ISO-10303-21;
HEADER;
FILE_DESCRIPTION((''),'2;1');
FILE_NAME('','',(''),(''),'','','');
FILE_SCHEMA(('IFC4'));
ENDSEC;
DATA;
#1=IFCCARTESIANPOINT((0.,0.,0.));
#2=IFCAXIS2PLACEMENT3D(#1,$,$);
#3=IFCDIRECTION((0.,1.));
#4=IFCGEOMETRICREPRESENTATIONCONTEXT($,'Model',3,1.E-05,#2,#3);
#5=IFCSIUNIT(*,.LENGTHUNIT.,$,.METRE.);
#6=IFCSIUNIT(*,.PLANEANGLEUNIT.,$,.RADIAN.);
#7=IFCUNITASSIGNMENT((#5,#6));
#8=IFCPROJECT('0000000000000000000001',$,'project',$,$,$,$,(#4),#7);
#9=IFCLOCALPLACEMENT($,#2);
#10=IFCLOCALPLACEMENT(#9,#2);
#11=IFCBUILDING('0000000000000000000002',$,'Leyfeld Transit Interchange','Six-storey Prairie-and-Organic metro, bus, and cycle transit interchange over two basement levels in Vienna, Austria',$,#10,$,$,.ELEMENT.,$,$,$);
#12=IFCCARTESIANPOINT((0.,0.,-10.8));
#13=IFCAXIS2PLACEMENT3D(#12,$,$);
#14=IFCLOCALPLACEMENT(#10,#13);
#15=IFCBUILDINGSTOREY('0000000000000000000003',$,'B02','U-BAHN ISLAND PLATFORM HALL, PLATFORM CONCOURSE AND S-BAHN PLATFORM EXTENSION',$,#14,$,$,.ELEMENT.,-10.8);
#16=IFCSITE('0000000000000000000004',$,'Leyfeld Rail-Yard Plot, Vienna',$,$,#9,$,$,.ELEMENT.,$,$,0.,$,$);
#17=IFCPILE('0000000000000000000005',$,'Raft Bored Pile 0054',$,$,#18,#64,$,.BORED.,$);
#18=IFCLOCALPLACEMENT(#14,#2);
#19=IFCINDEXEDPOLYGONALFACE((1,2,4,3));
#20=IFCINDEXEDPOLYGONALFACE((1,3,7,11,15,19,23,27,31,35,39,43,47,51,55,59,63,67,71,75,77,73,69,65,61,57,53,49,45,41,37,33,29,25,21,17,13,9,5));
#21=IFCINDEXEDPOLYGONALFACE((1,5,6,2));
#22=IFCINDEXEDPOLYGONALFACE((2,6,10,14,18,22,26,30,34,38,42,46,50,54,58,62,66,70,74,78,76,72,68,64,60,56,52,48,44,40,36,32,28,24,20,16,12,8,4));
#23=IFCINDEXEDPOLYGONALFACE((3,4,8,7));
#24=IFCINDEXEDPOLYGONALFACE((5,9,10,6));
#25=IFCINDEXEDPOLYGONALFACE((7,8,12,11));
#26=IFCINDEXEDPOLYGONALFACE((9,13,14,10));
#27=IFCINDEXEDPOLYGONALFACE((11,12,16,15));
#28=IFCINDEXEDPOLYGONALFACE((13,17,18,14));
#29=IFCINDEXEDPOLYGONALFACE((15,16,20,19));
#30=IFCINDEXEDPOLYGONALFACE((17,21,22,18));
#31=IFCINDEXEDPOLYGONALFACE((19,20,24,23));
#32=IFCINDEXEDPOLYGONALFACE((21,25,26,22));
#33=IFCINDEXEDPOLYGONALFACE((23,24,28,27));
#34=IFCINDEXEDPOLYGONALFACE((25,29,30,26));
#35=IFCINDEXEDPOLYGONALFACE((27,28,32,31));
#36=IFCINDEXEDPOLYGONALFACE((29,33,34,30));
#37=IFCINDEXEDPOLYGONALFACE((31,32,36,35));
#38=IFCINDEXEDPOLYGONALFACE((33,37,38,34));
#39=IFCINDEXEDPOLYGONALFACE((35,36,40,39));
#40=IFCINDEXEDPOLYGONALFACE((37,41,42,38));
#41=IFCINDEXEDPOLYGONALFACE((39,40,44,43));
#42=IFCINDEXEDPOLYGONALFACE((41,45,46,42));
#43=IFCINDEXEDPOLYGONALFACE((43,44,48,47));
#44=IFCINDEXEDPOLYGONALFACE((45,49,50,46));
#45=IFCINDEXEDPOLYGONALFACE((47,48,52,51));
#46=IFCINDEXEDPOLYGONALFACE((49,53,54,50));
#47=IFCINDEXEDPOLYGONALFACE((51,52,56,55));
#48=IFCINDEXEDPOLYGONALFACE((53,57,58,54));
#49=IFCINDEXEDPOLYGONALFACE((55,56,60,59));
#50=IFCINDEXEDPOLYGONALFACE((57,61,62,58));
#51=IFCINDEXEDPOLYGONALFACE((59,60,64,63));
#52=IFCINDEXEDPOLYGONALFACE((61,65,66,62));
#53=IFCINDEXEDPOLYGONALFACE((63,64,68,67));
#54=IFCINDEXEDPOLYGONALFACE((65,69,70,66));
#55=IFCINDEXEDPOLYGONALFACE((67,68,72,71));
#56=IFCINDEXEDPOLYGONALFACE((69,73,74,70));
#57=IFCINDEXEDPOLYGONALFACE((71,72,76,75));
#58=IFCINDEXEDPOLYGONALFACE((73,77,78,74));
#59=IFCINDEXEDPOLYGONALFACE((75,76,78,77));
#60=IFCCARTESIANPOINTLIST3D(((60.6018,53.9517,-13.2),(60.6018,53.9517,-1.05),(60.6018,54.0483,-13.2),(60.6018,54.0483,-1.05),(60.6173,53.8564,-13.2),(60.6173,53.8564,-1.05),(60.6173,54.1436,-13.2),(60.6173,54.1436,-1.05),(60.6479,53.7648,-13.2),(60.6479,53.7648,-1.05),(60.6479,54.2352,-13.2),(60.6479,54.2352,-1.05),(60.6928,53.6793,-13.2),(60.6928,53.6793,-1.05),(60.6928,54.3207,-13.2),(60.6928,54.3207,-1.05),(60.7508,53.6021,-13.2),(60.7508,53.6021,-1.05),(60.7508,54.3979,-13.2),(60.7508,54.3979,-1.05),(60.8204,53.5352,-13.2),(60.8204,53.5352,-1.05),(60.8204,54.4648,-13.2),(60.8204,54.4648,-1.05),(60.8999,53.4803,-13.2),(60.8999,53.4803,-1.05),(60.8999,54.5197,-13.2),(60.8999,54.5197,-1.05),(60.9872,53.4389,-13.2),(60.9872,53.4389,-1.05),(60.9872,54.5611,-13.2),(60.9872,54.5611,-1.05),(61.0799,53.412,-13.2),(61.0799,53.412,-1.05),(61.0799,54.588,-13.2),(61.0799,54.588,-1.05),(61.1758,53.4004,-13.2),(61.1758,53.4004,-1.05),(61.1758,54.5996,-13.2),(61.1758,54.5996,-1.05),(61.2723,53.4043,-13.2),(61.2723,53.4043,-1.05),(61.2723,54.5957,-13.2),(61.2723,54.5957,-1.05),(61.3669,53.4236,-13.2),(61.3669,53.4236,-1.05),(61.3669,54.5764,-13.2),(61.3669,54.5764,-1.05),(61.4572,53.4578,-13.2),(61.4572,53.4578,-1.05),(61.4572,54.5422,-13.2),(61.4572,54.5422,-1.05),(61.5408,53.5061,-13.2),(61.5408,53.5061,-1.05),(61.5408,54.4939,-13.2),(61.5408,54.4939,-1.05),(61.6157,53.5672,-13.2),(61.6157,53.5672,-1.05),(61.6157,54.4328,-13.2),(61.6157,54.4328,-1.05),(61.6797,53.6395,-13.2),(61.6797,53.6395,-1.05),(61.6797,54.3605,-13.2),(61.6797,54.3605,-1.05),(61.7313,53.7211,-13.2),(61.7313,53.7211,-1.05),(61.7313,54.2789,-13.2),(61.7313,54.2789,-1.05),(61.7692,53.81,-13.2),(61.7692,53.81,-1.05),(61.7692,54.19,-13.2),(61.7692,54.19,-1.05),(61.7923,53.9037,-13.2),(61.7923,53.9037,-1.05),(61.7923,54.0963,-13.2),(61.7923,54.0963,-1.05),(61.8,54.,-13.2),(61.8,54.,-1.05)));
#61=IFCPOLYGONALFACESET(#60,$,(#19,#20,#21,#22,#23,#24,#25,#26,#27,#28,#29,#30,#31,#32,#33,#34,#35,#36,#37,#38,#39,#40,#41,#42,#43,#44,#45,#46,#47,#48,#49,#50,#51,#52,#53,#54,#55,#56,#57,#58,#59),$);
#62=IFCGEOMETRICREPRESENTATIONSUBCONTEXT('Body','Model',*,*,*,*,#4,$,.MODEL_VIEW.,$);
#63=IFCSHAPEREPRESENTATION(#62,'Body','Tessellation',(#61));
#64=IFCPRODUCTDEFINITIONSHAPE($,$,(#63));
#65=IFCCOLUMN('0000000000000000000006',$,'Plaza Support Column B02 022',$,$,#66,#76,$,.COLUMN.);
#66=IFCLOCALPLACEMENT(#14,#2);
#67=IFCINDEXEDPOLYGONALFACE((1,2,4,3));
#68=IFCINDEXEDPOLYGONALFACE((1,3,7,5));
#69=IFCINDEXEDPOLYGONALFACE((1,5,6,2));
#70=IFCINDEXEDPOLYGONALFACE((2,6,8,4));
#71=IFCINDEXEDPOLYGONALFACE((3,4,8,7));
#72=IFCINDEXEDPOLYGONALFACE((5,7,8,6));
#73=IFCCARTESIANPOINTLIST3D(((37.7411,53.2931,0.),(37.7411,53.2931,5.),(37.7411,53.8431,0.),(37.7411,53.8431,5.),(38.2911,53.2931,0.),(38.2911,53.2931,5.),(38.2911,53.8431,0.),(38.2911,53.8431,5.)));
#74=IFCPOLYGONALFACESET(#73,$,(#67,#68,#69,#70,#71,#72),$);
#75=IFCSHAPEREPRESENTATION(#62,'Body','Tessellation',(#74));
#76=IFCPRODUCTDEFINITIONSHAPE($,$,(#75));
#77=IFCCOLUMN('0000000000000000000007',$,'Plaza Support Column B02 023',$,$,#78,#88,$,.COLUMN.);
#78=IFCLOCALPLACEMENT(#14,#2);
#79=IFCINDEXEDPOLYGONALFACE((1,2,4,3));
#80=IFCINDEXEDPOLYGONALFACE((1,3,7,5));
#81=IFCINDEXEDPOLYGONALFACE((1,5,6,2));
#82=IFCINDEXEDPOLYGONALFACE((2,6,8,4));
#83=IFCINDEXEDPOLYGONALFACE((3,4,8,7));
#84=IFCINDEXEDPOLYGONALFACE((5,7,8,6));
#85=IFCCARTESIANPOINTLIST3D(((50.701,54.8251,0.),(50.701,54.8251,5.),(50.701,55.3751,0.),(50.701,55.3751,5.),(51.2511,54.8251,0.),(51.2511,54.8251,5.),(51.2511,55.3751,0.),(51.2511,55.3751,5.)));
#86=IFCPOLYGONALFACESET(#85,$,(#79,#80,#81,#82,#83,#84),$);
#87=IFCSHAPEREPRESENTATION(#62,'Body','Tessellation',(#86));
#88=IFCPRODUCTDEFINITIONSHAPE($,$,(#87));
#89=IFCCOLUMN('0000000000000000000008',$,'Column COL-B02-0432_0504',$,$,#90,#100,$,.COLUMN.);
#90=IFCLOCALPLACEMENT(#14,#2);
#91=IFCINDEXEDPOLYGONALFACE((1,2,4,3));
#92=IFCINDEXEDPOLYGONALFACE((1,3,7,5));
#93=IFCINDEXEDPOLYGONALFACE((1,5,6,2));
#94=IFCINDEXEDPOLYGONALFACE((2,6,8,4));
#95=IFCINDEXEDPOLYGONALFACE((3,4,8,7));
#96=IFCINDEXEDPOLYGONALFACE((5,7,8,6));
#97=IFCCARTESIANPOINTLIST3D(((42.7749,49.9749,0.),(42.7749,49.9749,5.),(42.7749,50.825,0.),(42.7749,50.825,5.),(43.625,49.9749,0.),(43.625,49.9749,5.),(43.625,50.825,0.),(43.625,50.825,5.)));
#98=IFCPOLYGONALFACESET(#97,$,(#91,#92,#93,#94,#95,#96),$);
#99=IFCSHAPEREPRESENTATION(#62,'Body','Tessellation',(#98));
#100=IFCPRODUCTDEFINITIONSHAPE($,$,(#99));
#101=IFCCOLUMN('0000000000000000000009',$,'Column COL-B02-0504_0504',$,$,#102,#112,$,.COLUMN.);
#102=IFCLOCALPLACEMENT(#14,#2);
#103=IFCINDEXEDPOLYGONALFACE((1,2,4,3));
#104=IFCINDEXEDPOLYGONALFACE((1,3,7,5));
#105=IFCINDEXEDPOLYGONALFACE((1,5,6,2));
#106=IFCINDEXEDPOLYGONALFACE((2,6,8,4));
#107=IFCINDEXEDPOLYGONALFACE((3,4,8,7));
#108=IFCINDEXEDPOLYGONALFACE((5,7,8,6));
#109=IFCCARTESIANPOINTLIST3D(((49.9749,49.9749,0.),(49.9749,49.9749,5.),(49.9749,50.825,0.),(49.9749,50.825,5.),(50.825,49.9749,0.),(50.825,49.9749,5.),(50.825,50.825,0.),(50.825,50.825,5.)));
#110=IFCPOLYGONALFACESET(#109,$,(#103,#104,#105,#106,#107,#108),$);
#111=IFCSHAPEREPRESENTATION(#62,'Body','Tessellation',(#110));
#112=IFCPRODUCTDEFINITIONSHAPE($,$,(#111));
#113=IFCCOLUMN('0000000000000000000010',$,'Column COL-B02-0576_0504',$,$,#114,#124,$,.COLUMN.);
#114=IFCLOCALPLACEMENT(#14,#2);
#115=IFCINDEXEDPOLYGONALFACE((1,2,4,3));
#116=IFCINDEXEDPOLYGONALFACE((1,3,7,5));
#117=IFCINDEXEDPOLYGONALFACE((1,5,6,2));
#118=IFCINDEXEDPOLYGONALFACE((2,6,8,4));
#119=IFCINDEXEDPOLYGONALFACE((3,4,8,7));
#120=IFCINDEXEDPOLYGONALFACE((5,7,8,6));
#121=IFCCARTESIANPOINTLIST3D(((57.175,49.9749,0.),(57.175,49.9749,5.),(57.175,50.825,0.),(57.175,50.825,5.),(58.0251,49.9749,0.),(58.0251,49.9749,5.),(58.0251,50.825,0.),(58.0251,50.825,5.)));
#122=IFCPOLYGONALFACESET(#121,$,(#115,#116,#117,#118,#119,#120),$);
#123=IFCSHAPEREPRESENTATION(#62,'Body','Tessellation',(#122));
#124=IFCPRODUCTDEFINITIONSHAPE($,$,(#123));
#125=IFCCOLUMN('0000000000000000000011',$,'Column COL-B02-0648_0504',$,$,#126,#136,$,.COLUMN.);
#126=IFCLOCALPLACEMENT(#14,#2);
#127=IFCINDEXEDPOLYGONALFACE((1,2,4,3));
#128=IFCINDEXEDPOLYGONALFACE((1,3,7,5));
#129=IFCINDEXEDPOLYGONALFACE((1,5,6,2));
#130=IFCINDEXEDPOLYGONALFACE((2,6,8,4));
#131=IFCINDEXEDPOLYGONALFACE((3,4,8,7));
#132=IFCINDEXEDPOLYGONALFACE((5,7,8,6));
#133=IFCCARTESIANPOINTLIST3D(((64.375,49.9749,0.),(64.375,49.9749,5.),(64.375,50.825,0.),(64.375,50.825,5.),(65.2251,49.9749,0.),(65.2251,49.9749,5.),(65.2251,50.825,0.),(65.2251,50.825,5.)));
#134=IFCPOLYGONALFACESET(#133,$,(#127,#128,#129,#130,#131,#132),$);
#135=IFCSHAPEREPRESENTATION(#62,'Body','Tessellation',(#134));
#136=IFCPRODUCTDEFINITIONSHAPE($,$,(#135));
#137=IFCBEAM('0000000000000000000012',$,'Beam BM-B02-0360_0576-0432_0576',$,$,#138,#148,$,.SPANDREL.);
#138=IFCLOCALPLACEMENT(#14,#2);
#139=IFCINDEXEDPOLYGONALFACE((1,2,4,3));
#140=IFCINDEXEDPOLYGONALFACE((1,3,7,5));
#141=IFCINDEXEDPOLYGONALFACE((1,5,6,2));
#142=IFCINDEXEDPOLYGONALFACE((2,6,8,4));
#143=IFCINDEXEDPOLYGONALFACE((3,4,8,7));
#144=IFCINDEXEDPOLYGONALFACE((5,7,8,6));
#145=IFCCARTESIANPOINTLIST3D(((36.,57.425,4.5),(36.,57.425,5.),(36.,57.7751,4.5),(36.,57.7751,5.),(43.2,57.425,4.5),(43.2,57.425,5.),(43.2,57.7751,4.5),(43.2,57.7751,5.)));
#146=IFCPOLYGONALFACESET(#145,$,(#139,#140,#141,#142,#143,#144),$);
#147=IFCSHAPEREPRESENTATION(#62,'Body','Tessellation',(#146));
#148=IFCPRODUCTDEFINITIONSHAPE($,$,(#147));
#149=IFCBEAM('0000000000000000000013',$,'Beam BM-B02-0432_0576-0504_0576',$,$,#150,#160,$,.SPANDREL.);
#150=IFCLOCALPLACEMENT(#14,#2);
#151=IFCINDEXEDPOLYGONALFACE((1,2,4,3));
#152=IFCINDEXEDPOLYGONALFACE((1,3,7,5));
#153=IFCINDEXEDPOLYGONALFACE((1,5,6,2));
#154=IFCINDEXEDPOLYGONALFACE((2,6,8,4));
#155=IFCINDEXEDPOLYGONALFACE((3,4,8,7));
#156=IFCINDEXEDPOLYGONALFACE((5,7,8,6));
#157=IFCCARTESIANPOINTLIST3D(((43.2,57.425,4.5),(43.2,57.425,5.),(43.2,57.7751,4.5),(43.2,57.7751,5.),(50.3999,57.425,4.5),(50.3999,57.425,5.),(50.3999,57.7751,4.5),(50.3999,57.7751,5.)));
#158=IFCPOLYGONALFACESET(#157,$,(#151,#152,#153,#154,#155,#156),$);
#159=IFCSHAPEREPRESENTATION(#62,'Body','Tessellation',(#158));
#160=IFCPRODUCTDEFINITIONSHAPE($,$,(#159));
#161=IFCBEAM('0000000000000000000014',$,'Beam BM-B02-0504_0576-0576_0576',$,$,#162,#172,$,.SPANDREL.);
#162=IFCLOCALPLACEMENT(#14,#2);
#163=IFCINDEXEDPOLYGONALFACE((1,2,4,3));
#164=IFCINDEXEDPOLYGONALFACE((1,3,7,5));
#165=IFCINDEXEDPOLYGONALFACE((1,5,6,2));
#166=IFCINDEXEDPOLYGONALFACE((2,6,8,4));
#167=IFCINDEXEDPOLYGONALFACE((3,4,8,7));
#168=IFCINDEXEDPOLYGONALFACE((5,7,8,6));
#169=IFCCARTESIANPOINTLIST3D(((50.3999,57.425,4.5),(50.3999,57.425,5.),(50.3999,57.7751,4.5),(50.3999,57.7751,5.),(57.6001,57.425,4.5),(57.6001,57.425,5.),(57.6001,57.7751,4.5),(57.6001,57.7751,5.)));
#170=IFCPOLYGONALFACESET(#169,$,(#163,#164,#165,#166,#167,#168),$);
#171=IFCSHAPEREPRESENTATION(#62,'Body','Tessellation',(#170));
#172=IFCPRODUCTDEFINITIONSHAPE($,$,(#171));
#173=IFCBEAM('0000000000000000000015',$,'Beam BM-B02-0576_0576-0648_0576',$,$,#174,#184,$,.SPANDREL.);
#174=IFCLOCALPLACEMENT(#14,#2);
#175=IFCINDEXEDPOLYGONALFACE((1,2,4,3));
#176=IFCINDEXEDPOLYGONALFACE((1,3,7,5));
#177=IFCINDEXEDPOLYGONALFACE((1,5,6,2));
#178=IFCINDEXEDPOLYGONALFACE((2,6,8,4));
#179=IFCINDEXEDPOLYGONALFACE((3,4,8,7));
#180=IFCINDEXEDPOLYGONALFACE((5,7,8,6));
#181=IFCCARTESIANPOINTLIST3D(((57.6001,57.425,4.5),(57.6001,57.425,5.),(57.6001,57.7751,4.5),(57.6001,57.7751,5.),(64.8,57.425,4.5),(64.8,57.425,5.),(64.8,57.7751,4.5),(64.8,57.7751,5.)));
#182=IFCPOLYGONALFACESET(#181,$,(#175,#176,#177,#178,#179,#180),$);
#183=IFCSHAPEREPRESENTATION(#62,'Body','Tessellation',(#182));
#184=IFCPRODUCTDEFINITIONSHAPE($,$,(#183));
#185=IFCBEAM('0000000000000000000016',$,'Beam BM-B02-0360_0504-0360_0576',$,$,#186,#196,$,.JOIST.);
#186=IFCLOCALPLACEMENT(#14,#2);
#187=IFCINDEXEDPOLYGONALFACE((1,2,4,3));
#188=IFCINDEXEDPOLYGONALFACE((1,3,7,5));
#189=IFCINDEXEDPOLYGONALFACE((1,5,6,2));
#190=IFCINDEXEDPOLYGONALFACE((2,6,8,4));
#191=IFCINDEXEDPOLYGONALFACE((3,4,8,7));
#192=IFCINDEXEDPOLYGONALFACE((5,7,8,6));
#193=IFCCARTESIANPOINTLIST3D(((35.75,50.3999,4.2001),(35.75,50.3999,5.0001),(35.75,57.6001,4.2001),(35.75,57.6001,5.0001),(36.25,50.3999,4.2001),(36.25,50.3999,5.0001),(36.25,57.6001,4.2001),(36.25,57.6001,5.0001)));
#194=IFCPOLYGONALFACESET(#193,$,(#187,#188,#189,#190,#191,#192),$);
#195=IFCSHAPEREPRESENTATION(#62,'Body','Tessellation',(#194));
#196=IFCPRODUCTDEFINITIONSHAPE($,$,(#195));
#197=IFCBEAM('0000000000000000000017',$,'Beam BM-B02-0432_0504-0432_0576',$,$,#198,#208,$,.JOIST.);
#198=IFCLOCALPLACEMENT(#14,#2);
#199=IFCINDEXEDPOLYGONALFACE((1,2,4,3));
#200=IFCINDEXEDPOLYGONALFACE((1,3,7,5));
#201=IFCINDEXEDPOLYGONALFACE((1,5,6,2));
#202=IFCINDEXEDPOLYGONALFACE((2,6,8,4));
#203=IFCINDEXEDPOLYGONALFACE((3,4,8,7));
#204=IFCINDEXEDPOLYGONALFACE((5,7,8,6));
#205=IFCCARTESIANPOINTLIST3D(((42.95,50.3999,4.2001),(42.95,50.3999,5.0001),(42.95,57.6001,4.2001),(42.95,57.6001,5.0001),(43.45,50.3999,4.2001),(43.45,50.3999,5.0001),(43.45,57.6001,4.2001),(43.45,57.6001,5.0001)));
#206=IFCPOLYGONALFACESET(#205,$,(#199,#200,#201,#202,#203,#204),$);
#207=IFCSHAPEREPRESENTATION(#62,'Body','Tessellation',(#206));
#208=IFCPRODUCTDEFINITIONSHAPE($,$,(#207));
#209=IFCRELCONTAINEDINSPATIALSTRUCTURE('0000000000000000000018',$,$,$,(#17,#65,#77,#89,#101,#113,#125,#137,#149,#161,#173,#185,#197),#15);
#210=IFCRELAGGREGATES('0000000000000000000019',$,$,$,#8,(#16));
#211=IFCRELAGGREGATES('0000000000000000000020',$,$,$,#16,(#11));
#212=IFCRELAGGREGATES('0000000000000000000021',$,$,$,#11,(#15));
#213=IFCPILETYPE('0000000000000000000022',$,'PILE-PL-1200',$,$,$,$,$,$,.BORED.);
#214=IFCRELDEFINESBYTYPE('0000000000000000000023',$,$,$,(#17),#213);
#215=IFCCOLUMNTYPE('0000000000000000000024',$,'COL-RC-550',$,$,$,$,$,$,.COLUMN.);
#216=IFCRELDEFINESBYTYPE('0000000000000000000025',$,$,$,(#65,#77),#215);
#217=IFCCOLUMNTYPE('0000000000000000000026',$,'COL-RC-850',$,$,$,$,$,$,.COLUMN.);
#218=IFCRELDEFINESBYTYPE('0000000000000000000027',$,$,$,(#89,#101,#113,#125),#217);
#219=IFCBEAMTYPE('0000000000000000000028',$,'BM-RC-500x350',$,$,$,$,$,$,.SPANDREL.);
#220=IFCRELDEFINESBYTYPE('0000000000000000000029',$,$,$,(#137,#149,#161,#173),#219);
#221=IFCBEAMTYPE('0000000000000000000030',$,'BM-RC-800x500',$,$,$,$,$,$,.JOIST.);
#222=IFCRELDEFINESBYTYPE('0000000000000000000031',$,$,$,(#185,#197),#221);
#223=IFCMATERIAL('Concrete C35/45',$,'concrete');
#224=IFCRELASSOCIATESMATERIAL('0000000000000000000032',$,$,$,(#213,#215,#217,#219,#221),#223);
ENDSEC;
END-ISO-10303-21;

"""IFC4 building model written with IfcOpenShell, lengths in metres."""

from ifc_helpers import new_model, si_unit, direction, frame, origin, origin_2d, place, context, subcontext, project, spatial, rectangle, circle, extrude, material, material_profile, profile_set, type_object, element, save


model = new_model("IFC4")

# Units and contexts
model_context = context("Model", 3, precision=1e-05, world=origin(), true_north=direction((0.0, 1.0)))
body_context = subcontext(model_context, "Body", "Model", "MODEL_VIEW")
ifc_project = project(units=[si_unit("LENGTHUNIT", "METRE"), si_unit("PLANEANGLEUNIT", "RADIAN")], contexts=[model_context])

# Site, building, storey
site_placement = place(None, origin())
site = spatial("IfcSite", under=ifc_project, at=site_placement, Name="Leyfeld Rail-Yard Plot, Vienna", CompositionType="ELEMENT", RefElevation=0.0)
building_placement = place(site_placement, origin())
building = spatial("IfcBuilding", under=site, at=building_placement, Name="Leyfeld Transit Interchange", Description="Six-storey Prairie-and-Organic metro, bus, and cycle transit interchange over two basement levels in Vienna, Austria", CompositionType="ELEMENT")
storey_placement = place(building_placement, frame((0.0, 0.0, -10.8)))
storey = spatial("IfcBuildingStorey", under=building, at=storey_placement, Name="B02", Description="U-BAHN ISLAND PLATFORM HALL, PLATFORM CONCOURSE AND S-BAHN PLATFORM EXTENSION", CompositionType="ELEMENT", Elevation=-10.8)

# Pile
ifc_material_1 = material(Name="Concrete C35/45", Category="concrete")
ifc_material_profile_1 = material_profile(ifc_material_1, circle(Radius=0.6001, at=origin_2d()), Name="PILE D1200")
ifc_profile_set_1 = profile_set([ifc_material_profile_1], Name="Concrete C35/45")
pile_type = type_object("IfcPileType", Name="PILE-PL-1200", PredefinedType="BORED", material=ifc_profile_set_1)
for number, where, z_axis, x_axis, name in (
    (1, (61.2, 54.0, -1.05), (0.0, 0.0, -1.0), (1.0, 0.0, 0.0), "Raft Bored Pile 0054"),
):
    element("IfcPile", number, at=place(storey_placement, frame(where, z_axis=z_axis, x_axis=x_axis)), inside=storey, type_object=pile_type, Name=name, PredefinedType="BORED", context=body_context, shape_type="SweptSolid", body=[
        extrude(circle(Radius=0.6001, at=origin_2d()), origin(), (0.0, 0.0, 1.0), 12.1499),
    ])

# Columns
ifc_material_profile_2 = material_profile(ifc_material_1, rectangle(XDim=0.55, YDim=0.55, at=origin_2d()), Name="RC 550x550")
ifc_profile_set_2 = profile_set([ifc_material_profile_2], Name="Concrete C35/45")
column_type_1 = type_object("IfcColumnType", Name="COL-RC-550", PredefinedType="COLUMN", material=ifc_profile_set_2)
for number, where, z_axis, x_axis, name in (
    (2, (38.0161, 53.5681, 0.0), (0.0, 0.0, 1.0), (1.0, 0.0, 0.0), "Plaza Support Column B02 022"),
    (3, (50.9761, 55.1001, 0.0), (0.0, 0.0, 1.0), (1.0, 0.0, 0.0), "Plaza Support Column B02 023"),
):
    element("IfcColumn", number, at=place(storey_placement, frame(where, z_axis=z_axis, x_axis=x_axis)), inside=storey, type_object=column_type_1, Name=name, PredefinedType="COLUMN", context=body_context, shape_type="SweptSolid", body=[
        extrude(rectangle(XDim=0.55, YDim=0.55, at=origin_2d()), origin(), (0.0, 0.0, 1.0), 5.0),
    ])
ifc_material_profile_3 = material_profile(ifc_material_1, rectangle(XDim=0.8501, YDim=0.8501, at=origin_2d()), Name="RC 850x850")
ifc_profile_set_3 = profile_set([ifc_material_profile_3], Name="Concrete C35/45")
column_type_2 = type_object("IfcColumnType", Name="COL-RC-850", PredefinedType="COLUMN", material=ifc_profile_set_3)
for number, where, z_axis, x_axis, name in (
    (4, (43.2, 50.3999, 0.0), (0.0, 0.0, 1.0), (1.0, 0.0, 0.0), "Column COL-B02-0432_0504"),
    (5, (50.3999, 50.3999, 0.0), (0.0, 0.0, 1.0), (1.0, 0.0, 0.0), "Column COL-B02-0504_0504"),
    (6, (57.6001, 50.3999, 0.0), (0.0, 0.0, 1.0), (1.0, 0.0, 0.0), "Column COL-B02-0576_0504"),
    (7, (64.8, 50.3999, 0.0), (0.0, 0.0, 1.0), (1.0, 0.0, 0.0), "Column COL-B02-0648_0504"),
):
    element("IfcColumn", number, at=place(storey_placement, frame(where, z_axis=z_axis, x_axis=x_axis)), inside=storey, type_object=column_type_2, Name=name, PredefinedType="COLUMN", context=body_context, shape_type="SweptSolid", body=[
        extrude(rectangle(XDim=0.8501, YDim=0.8501, at=origin_2d()), origin(), (0.0, 0.0, 1.0), 5.0),
    ])

# Beams
ifc_material_profile_4 = material_profile(ifc_material_1, rectangle(XDim=0.3501, YDim=0.5, at=origin_2d()), Name="RC 500x350")
ifc_profile_set_4 = profile_set([ifc_material_profile_4], Name="Concrete C35/45")
beam_type_1 = type_object("IfcBeamType", Name="BM-RC-500x350", PredefinedType="SPANDREL", material=ifc_profile_set_4)
for number, where, z_axis, x_axis, name in (
    (8, (36.0, 57.6001, 4.75), (1.0, 0.0, 0.0), (0.0, 1.0, 0.0), "Beam BM-B02-0360_0576-0432_0576"),
    (9, (43.2, 57.6001, 4.75), (1.0, 0.0, 0.0), (0.0, 1.0, 0.0), "Beam BM-B02-0432_0576-0504_0576"),
):
    element("IfcBeam", number, at=place(storey_placement, frame(where, z_axis=z_axis, x_axis=x_axis)), inside=storey, type_object=beam_type_1, Name=name, PredefinedType="SPANDREL", context=body_context, shape_type="SweptSolid", body=[
        extrude(rectangle(XDim=0.3501, YDim=0.5, at=origin_2d()), origin(), (0.0, 0.0, 1.0), 7.2),
    ])
beam_1_placement = place(storey_placement, frame((50.3999, 57.6001, 4.75), z_axis=(1.0, 0.0, 0.0), x_axis=(0.0, 1.0, 0.0)))
element("IfcBeam", 10, at=beam_1_placement, inside=storey, type_object=beam_type_1, Name="Beam BM-B02-0504_0576-0576_0576", PredefinedType="SPANDREL", context=body_context, shape_type="SweptSolid", body=[
    extrude(rectangle(XDim=0.3501, YDim=0.5, at=origin_2d()), origin(), (0.0, 0.0, 1.0), 7.2002),
])
beam_2_placement = place(storey_placement, frame((57.6001, 57.6001, 4.75), z_axis=(1.0, 0.0, 0.0), x_axis=(0.0, 1.0, 0.0)))
element("IfcBeam", 11, at=beam_2_placement, inside=storey, type_object=beam_type_1, Name="Beam BM-B02-0576_0576-0648_0576", PredefinedType="SPANDREL", context=body_context, shape_type="SweptSolid", body=[
    extrude(rectangle(XDim=0.3501, YDim=0.5, at=origin_2d()), origin(), (0.0, 0.0, 1.0), 7.2),
])
ifc_material_profile_5 = material_profile(ifc_material_1, rectangle(XDim=0.5, YDim=0.8, at=origin_2d()), Name="RC 800x500")
ifc_profile_set_5 = profile_set([ifc_material_profile_5], Name="Concrete C35/45")
beam_type_2 = type_object("IfcBeamType", Name="BM-RC-800x500", PredefinedType="JOIST", material=ifc_profile_set_5)
for number, where, z_axis, x_axis, name in (
    (12, (36.0, 50.3999, 4.6001), (0.0, 1.0, 0.0), (-1.0, 0.0, 0.0), "Beam BM-B02-0360_0504-0360_0576"),
    (13, (43.2, 50.3999, 4.6001), (0.0, 1.0, 0.0), (-1.0, 0.0, 0.0), "Beam BM-B02-0432_0504-0432_0576"),
):
    element("IfcBeam", number, at=place(storey_placement, frame(where, z_axis=z_axis, x_axis=x_axis)), inside=storey, type_object=beam_type_2, Name=name, PredefinedType="JOIST", context=body_context, shape_type="SweptSolid", body=[
        extrude(rectangle(XDim=0.5, YDim=0.8, at=origin_2d()), origin(), (0.0, 0.0, 1.0), 7.2002),
    ])

save(model, "model.ifc")
